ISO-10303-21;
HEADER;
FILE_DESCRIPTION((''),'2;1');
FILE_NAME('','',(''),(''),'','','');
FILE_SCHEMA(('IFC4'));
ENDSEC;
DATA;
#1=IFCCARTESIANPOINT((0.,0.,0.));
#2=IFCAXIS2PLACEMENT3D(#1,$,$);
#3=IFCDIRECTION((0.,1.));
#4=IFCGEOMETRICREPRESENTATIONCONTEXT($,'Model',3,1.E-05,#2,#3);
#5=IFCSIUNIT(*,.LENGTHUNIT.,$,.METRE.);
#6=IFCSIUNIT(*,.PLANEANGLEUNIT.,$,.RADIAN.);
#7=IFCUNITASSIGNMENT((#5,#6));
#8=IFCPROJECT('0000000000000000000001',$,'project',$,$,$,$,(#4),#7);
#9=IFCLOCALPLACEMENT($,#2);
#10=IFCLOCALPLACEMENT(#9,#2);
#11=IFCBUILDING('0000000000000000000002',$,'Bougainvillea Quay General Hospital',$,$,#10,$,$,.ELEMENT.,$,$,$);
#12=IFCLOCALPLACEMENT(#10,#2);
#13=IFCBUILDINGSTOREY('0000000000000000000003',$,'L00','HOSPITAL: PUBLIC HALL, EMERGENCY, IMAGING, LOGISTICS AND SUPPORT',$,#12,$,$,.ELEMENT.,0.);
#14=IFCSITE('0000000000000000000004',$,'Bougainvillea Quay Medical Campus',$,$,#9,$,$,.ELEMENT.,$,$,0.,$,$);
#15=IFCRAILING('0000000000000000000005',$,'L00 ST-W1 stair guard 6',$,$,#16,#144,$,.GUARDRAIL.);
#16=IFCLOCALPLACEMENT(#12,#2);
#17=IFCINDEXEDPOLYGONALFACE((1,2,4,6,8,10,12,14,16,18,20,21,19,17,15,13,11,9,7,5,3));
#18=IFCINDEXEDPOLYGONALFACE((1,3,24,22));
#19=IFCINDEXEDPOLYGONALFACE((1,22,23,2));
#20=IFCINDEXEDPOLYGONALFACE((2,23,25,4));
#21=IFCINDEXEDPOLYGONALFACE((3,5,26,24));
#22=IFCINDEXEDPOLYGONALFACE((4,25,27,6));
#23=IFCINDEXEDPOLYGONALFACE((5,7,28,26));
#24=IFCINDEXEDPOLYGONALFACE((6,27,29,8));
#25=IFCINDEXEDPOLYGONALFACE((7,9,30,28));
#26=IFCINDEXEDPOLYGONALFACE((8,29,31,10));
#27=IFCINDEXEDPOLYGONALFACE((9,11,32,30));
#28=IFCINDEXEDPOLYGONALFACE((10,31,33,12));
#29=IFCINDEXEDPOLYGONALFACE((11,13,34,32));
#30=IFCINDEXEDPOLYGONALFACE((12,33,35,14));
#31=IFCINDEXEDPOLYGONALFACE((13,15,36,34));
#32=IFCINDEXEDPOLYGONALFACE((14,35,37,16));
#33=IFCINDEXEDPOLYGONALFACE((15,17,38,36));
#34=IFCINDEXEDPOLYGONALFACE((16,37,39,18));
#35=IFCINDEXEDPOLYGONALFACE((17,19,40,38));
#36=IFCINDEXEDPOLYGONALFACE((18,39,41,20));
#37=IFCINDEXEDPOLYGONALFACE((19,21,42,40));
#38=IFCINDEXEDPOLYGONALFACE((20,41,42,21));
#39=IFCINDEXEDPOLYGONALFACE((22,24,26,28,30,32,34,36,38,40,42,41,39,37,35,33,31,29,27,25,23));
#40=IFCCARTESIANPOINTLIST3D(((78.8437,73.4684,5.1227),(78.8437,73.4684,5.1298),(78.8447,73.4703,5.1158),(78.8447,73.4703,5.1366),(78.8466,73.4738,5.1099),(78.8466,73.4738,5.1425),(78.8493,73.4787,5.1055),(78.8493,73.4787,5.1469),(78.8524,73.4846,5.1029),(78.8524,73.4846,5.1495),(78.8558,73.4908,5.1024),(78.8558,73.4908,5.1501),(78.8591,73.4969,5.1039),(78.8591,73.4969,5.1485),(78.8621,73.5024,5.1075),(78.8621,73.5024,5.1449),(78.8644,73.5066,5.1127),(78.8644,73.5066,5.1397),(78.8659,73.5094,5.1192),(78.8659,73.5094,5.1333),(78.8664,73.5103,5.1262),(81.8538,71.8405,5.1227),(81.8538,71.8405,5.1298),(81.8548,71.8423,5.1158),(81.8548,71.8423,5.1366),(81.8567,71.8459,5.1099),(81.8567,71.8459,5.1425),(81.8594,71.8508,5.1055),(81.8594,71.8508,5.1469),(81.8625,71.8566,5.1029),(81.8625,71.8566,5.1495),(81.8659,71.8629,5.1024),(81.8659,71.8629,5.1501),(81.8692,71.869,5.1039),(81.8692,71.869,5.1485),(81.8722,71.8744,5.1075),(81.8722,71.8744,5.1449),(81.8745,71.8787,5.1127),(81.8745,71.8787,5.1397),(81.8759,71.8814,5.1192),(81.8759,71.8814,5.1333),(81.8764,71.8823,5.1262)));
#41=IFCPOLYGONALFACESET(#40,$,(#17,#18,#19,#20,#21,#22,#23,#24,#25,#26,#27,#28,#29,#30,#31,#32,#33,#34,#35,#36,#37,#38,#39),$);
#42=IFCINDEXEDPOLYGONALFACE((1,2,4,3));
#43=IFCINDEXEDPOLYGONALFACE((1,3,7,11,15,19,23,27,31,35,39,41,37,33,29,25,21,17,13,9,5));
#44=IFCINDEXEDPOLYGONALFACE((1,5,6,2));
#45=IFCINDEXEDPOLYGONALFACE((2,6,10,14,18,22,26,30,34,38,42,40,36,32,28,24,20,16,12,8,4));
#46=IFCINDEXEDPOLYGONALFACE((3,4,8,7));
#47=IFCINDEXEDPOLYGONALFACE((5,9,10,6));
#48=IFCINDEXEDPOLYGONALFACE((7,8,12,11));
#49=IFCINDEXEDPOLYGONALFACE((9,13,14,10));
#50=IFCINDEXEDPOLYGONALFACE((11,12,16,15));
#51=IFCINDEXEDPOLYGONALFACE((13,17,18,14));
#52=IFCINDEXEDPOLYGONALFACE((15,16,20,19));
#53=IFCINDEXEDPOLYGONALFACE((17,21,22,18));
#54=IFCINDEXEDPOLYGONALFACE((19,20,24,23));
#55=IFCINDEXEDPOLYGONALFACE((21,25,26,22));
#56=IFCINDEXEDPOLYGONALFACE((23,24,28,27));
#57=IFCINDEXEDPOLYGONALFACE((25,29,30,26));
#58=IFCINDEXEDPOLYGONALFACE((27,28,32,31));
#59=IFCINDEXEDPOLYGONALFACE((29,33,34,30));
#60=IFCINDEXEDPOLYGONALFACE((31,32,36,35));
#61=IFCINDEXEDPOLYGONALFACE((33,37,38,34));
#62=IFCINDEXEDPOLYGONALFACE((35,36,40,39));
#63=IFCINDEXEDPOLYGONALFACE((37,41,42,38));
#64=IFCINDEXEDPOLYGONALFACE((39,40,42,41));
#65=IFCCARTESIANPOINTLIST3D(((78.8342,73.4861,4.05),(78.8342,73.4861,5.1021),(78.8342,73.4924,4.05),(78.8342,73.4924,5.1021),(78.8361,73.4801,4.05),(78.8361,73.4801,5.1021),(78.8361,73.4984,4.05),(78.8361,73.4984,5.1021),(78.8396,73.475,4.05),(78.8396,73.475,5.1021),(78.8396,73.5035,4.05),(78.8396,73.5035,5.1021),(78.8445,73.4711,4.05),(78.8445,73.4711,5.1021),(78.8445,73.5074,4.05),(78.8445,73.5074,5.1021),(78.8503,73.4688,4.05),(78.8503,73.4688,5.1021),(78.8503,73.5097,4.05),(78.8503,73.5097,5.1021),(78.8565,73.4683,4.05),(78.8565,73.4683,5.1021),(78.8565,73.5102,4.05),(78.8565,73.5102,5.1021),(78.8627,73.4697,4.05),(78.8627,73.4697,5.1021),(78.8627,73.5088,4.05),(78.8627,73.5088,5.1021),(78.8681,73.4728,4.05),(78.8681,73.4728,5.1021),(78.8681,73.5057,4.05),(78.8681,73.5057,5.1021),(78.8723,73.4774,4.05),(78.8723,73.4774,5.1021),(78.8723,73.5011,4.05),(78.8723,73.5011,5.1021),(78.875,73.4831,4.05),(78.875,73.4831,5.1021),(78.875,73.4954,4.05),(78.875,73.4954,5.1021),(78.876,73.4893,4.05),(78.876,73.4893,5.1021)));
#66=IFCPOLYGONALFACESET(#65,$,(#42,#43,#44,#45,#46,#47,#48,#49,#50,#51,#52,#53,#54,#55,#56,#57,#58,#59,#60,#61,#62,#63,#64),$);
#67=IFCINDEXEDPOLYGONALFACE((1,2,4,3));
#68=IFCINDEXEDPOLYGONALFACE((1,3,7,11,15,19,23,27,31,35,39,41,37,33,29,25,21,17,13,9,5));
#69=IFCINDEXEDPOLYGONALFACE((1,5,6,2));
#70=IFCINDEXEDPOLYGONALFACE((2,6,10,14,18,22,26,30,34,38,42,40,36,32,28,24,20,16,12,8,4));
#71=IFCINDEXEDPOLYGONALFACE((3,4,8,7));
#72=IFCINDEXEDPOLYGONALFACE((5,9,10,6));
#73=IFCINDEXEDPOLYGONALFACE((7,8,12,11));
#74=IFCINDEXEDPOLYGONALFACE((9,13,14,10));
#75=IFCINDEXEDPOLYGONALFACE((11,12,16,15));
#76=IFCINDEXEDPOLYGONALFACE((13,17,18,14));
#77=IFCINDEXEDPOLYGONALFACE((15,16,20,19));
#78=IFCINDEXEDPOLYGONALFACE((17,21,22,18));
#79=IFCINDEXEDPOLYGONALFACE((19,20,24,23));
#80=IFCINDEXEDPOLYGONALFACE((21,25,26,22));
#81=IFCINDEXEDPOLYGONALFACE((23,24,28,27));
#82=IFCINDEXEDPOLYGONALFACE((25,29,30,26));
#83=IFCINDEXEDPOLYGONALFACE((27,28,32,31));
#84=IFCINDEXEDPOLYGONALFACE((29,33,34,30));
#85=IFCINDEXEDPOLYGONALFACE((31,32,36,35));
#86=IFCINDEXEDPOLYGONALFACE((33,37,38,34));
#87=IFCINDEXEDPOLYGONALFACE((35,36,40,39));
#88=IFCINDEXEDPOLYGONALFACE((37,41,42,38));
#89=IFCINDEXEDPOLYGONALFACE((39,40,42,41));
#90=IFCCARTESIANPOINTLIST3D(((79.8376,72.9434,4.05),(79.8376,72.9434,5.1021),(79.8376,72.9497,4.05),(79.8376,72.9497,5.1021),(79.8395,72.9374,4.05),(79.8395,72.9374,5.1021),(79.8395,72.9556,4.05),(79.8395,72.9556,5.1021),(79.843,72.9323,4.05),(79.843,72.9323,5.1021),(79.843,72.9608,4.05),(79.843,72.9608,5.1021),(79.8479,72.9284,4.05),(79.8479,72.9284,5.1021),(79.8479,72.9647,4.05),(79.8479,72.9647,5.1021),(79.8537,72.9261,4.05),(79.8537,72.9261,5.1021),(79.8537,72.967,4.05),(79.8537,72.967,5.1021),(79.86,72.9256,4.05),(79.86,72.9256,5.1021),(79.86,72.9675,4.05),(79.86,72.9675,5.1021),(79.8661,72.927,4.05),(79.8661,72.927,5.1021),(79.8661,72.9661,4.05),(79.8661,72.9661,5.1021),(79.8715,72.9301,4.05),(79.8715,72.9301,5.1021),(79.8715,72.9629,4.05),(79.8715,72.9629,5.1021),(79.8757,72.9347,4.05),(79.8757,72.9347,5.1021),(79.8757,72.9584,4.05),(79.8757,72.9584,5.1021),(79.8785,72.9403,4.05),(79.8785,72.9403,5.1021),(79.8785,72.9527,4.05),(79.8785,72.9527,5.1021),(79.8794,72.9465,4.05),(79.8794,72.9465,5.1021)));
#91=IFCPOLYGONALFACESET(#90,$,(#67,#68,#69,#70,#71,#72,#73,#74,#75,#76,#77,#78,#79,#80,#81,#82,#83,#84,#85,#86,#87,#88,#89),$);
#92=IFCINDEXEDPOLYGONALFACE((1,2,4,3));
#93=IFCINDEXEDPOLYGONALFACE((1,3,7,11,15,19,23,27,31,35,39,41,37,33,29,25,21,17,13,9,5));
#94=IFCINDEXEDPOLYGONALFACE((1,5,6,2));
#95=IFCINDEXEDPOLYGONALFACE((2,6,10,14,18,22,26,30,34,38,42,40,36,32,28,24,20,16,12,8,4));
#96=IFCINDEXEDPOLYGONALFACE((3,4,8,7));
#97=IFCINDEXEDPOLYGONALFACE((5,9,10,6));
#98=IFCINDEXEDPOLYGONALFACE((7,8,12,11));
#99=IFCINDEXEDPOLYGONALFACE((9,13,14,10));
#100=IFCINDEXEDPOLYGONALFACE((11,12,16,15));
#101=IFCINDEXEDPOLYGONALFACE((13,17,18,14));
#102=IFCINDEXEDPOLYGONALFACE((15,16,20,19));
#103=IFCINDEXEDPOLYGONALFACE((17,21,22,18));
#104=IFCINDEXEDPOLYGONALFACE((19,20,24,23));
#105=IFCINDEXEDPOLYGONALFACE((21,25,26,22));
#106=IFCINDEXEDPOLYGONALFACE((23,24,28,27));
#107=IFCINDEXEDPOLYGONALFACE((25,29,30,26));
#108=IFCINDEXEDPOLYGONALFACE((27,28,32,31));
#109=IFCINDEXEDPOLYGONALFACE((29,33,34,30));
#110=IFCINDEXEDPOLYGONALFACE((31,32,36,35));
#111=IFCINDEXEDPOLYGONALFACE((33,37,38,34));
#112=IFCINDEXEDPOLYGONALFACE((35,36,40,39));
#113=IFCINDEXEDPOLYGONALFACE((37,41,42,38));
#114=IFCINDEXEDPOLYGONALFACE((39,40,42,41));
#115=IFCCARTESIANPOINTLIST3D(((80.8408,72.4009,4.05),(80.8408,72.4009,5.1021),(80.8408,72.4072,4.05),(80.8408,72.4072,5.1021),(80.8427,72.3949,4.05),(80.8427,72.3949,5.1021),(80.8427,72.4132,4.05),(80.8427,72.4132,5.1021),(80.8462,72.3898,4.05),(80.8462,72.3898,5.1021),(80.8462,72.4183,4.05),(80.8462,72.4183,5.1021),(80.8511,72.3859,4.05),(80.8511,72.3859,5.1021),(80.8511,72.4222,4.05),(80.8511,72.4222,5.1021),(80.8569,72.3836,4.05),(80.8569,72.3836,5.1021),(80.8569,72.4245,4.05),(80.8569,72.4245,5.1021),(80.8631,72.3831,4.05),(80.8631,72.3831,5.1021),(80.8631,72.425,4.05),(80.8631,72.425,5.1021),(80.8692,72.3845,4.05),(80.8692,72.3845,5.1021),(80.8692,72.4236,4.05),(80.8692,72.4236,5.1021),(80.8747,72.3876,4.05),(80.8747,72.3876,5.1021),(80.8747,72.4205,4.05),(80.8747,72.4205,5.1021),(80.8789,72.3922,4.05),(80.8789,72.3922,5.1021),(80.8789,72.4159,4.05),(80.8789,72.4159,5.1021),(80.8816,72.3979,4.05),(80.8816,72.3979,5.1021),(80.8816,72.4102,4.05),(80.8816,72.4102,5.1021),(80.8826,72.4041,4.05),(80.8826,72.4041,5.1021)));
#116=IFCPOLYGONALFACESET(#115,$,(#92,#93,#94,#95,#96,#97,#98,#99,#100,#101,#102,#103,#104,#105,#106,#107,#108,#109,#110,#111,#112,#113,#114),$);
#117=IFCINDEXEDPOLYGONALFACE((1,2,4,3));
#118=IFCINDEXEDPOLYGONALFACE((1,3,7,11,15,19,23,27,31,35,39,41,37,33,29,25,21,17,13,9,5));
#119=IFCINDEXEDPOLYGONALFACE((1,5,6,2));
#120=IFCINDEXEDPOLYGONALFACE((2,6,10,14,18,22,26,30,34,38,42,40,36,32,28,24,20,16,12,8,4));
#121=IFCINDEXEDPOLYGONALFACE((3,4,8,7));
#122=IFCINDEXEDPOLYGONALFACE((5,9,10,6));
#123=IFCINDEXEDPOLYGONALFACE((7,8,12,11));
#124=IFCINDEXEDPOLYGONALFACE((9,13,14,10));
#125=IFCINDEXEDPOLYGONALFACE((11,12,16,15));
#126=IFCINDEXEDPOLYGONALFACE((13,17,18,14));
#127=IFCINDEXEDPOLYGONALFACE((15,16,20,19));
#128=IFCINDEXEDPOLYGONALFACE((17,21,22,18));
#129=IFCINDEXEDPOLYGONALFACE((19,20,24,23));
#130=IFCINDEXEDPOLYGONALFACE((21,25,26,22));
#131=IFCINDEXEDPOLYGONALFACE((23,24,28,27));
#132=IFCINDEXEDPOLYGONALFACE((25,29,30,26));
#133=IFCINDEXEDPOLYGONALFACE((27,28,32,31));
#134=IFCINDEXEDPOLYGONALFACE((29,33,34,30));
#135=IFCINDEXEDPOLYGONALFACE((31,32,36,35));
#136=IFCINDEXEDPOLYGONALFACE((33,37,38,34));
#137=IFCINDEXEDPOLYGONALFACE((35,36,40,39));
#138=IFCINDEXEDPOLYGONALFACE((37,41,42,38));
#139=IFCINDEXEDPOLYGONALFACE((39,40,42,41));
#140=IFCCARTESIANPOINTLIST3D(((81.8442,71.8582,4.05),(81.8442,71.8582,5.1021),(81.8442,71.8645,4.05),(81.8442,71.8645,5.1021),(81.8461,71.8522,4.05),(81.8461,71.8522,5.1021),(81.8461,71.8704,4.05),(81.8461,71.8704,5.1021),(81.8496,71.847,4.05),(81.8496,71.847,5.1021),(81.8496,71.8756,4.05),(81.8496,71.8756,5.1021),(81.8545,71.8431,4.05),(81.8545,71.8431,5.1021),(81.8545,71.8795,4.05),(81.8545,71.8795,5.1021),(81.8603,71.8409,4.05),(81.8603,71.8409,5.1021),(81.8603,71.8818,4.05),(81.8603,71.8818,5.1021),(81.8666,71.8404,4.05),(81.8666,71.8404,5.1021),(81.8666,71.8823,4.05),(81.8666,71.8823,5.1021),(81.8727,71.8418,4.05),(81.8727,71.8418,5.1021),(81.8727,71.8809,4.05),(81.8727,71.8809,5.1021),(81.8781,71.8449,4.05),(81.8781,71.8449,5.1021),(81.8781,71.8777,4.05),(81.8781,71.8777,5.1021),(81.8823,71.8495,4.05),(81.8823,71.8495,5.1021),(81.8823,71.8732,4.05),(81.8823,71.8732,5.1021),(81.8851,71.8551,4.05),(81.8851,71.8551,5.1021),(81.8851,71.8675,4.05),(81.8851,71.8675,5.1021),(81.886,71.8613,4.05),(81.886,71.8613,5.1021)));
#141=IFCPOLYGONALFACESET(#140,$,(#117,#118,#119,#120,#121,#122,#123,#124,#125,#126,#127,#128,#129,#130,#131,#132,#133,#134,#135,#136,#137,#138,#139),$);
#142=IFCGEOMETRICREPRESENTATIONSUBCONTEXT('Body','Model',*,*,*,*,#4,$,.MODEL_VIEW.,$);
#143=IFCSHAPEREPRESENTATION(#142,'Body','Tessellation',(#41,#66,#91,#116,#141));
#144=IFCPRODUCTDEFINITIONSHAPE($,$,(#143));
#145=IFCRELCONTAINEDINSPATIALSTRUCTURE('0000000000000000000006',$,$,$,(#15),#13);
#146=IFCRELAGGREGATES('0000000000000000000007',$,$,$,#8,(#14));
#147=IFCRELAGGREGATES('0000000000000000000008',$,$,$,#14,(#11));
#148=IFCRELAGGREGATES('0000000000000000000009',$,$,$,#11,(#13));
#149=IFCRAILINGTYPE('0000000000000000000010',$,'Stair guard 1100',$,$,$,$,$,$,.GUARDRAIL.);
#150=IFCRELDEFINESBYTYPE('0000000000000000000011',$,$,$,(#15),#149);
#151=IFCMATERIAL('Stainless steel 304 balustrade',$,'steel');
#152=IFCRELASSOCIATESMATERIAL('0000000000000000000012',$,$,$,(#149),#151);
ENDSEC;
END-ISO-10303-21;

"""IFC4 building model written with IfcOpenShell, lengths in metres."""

from ifc_helpers import new_model, si_unit, direction, frame, origin, origin_2d, place, context, subcontext, project, spatial, circle, extrude, material, type_object, element, save


model = new_model("IFC4")

# Units and contexts
model_context = context("Model", 3, precision=1e-05, world=origin(), true_north=direction((0.0, 1.0)))
body_context = subcontext(model_context, "Body", "Model", "MODEL_VIEW")
ifc_project = project(units=[si_unit("LENGTHUNIT", "METRE"), si_unit("PLANEANGLEUNIT", "RADIAN")], contexts=[model_context])

# Site, building, storey
site_placement = place(None, origin())
site = spatial("IfcSite", under=ifc_project, at=site_placement, Name="Bougainvillea Quay Medical Campus", CompositionType="ELEMENT", RefElevation=0.0)
building_placement = place(site_placement, origin())
building = spatial("IfcBuilding", under=site, at=building_placement, Name="Bougainvillea Quay General Hospital", CompositionType="ELEMENT")
storey_placement = place(building_placement, origin())
storey = spatial("IfcBuildingStorey", under=building, at=storey_placement, Name="L00", Description="HOSPITAL: PUBLIC HALL, EMERGENCY, IMAGING, LOGISTICS AND SUPPORT", CompositionType="ELEMENT", Elevation=0.0)

# Railing
ifc_material_1 = material(Name="Stainless steel 304 balustrade", Category="steel")
railing_type_1 = type_object("IfcRailingType", Name="Stair guard 1100", PredefinedType="GUARDRAIL", material=ifc_material_1)
railing_1_placement = place(storey_placement, frame((78.855, 73.4893, 4.05)))
element("IfcRailing", 1, at=railing_1_placement, inside=storey, type_object=railing_type_1, Name="L00 ST-W1 stair guard 6", PredefinedType="GUARDRAIL", context=body_context, shape_type="SweptSolid", body=[
    extrude(circle(Radius=0.0239, at=origin_2d()), frame((0.0, 0.0, 1.0762), z_axis=(0.879597, -0.47572, 0.0), x_axis=(0.47572, 0.879597, 0.0)), (0.0, 0.0, 1.0), 3.4221),
    extrude(circle(Radius=0.021, at=origin_2d()), origin(), (0.0, 0.0, 1.0), 1.052),
    extrude(circle(Radius=0.021, at=origin_2d()), frame((1.0034, -0.5427, 0.0)), (0.0, 0.0, 1.0), 1.052),
    extrude(circle(Radius=0.021, at=origin_2d()), frame((2.0066, -1.0852, 0.0)), (0.0, 0.0, 1.0), 1.052),
    extrude(circle(Radius=0.021, at=origin_2d()), frame((3.01, -1.6279, 0.0)), (0.0, 0.0, 1.0), 1.052),
])

save(model, "model.ifc")
